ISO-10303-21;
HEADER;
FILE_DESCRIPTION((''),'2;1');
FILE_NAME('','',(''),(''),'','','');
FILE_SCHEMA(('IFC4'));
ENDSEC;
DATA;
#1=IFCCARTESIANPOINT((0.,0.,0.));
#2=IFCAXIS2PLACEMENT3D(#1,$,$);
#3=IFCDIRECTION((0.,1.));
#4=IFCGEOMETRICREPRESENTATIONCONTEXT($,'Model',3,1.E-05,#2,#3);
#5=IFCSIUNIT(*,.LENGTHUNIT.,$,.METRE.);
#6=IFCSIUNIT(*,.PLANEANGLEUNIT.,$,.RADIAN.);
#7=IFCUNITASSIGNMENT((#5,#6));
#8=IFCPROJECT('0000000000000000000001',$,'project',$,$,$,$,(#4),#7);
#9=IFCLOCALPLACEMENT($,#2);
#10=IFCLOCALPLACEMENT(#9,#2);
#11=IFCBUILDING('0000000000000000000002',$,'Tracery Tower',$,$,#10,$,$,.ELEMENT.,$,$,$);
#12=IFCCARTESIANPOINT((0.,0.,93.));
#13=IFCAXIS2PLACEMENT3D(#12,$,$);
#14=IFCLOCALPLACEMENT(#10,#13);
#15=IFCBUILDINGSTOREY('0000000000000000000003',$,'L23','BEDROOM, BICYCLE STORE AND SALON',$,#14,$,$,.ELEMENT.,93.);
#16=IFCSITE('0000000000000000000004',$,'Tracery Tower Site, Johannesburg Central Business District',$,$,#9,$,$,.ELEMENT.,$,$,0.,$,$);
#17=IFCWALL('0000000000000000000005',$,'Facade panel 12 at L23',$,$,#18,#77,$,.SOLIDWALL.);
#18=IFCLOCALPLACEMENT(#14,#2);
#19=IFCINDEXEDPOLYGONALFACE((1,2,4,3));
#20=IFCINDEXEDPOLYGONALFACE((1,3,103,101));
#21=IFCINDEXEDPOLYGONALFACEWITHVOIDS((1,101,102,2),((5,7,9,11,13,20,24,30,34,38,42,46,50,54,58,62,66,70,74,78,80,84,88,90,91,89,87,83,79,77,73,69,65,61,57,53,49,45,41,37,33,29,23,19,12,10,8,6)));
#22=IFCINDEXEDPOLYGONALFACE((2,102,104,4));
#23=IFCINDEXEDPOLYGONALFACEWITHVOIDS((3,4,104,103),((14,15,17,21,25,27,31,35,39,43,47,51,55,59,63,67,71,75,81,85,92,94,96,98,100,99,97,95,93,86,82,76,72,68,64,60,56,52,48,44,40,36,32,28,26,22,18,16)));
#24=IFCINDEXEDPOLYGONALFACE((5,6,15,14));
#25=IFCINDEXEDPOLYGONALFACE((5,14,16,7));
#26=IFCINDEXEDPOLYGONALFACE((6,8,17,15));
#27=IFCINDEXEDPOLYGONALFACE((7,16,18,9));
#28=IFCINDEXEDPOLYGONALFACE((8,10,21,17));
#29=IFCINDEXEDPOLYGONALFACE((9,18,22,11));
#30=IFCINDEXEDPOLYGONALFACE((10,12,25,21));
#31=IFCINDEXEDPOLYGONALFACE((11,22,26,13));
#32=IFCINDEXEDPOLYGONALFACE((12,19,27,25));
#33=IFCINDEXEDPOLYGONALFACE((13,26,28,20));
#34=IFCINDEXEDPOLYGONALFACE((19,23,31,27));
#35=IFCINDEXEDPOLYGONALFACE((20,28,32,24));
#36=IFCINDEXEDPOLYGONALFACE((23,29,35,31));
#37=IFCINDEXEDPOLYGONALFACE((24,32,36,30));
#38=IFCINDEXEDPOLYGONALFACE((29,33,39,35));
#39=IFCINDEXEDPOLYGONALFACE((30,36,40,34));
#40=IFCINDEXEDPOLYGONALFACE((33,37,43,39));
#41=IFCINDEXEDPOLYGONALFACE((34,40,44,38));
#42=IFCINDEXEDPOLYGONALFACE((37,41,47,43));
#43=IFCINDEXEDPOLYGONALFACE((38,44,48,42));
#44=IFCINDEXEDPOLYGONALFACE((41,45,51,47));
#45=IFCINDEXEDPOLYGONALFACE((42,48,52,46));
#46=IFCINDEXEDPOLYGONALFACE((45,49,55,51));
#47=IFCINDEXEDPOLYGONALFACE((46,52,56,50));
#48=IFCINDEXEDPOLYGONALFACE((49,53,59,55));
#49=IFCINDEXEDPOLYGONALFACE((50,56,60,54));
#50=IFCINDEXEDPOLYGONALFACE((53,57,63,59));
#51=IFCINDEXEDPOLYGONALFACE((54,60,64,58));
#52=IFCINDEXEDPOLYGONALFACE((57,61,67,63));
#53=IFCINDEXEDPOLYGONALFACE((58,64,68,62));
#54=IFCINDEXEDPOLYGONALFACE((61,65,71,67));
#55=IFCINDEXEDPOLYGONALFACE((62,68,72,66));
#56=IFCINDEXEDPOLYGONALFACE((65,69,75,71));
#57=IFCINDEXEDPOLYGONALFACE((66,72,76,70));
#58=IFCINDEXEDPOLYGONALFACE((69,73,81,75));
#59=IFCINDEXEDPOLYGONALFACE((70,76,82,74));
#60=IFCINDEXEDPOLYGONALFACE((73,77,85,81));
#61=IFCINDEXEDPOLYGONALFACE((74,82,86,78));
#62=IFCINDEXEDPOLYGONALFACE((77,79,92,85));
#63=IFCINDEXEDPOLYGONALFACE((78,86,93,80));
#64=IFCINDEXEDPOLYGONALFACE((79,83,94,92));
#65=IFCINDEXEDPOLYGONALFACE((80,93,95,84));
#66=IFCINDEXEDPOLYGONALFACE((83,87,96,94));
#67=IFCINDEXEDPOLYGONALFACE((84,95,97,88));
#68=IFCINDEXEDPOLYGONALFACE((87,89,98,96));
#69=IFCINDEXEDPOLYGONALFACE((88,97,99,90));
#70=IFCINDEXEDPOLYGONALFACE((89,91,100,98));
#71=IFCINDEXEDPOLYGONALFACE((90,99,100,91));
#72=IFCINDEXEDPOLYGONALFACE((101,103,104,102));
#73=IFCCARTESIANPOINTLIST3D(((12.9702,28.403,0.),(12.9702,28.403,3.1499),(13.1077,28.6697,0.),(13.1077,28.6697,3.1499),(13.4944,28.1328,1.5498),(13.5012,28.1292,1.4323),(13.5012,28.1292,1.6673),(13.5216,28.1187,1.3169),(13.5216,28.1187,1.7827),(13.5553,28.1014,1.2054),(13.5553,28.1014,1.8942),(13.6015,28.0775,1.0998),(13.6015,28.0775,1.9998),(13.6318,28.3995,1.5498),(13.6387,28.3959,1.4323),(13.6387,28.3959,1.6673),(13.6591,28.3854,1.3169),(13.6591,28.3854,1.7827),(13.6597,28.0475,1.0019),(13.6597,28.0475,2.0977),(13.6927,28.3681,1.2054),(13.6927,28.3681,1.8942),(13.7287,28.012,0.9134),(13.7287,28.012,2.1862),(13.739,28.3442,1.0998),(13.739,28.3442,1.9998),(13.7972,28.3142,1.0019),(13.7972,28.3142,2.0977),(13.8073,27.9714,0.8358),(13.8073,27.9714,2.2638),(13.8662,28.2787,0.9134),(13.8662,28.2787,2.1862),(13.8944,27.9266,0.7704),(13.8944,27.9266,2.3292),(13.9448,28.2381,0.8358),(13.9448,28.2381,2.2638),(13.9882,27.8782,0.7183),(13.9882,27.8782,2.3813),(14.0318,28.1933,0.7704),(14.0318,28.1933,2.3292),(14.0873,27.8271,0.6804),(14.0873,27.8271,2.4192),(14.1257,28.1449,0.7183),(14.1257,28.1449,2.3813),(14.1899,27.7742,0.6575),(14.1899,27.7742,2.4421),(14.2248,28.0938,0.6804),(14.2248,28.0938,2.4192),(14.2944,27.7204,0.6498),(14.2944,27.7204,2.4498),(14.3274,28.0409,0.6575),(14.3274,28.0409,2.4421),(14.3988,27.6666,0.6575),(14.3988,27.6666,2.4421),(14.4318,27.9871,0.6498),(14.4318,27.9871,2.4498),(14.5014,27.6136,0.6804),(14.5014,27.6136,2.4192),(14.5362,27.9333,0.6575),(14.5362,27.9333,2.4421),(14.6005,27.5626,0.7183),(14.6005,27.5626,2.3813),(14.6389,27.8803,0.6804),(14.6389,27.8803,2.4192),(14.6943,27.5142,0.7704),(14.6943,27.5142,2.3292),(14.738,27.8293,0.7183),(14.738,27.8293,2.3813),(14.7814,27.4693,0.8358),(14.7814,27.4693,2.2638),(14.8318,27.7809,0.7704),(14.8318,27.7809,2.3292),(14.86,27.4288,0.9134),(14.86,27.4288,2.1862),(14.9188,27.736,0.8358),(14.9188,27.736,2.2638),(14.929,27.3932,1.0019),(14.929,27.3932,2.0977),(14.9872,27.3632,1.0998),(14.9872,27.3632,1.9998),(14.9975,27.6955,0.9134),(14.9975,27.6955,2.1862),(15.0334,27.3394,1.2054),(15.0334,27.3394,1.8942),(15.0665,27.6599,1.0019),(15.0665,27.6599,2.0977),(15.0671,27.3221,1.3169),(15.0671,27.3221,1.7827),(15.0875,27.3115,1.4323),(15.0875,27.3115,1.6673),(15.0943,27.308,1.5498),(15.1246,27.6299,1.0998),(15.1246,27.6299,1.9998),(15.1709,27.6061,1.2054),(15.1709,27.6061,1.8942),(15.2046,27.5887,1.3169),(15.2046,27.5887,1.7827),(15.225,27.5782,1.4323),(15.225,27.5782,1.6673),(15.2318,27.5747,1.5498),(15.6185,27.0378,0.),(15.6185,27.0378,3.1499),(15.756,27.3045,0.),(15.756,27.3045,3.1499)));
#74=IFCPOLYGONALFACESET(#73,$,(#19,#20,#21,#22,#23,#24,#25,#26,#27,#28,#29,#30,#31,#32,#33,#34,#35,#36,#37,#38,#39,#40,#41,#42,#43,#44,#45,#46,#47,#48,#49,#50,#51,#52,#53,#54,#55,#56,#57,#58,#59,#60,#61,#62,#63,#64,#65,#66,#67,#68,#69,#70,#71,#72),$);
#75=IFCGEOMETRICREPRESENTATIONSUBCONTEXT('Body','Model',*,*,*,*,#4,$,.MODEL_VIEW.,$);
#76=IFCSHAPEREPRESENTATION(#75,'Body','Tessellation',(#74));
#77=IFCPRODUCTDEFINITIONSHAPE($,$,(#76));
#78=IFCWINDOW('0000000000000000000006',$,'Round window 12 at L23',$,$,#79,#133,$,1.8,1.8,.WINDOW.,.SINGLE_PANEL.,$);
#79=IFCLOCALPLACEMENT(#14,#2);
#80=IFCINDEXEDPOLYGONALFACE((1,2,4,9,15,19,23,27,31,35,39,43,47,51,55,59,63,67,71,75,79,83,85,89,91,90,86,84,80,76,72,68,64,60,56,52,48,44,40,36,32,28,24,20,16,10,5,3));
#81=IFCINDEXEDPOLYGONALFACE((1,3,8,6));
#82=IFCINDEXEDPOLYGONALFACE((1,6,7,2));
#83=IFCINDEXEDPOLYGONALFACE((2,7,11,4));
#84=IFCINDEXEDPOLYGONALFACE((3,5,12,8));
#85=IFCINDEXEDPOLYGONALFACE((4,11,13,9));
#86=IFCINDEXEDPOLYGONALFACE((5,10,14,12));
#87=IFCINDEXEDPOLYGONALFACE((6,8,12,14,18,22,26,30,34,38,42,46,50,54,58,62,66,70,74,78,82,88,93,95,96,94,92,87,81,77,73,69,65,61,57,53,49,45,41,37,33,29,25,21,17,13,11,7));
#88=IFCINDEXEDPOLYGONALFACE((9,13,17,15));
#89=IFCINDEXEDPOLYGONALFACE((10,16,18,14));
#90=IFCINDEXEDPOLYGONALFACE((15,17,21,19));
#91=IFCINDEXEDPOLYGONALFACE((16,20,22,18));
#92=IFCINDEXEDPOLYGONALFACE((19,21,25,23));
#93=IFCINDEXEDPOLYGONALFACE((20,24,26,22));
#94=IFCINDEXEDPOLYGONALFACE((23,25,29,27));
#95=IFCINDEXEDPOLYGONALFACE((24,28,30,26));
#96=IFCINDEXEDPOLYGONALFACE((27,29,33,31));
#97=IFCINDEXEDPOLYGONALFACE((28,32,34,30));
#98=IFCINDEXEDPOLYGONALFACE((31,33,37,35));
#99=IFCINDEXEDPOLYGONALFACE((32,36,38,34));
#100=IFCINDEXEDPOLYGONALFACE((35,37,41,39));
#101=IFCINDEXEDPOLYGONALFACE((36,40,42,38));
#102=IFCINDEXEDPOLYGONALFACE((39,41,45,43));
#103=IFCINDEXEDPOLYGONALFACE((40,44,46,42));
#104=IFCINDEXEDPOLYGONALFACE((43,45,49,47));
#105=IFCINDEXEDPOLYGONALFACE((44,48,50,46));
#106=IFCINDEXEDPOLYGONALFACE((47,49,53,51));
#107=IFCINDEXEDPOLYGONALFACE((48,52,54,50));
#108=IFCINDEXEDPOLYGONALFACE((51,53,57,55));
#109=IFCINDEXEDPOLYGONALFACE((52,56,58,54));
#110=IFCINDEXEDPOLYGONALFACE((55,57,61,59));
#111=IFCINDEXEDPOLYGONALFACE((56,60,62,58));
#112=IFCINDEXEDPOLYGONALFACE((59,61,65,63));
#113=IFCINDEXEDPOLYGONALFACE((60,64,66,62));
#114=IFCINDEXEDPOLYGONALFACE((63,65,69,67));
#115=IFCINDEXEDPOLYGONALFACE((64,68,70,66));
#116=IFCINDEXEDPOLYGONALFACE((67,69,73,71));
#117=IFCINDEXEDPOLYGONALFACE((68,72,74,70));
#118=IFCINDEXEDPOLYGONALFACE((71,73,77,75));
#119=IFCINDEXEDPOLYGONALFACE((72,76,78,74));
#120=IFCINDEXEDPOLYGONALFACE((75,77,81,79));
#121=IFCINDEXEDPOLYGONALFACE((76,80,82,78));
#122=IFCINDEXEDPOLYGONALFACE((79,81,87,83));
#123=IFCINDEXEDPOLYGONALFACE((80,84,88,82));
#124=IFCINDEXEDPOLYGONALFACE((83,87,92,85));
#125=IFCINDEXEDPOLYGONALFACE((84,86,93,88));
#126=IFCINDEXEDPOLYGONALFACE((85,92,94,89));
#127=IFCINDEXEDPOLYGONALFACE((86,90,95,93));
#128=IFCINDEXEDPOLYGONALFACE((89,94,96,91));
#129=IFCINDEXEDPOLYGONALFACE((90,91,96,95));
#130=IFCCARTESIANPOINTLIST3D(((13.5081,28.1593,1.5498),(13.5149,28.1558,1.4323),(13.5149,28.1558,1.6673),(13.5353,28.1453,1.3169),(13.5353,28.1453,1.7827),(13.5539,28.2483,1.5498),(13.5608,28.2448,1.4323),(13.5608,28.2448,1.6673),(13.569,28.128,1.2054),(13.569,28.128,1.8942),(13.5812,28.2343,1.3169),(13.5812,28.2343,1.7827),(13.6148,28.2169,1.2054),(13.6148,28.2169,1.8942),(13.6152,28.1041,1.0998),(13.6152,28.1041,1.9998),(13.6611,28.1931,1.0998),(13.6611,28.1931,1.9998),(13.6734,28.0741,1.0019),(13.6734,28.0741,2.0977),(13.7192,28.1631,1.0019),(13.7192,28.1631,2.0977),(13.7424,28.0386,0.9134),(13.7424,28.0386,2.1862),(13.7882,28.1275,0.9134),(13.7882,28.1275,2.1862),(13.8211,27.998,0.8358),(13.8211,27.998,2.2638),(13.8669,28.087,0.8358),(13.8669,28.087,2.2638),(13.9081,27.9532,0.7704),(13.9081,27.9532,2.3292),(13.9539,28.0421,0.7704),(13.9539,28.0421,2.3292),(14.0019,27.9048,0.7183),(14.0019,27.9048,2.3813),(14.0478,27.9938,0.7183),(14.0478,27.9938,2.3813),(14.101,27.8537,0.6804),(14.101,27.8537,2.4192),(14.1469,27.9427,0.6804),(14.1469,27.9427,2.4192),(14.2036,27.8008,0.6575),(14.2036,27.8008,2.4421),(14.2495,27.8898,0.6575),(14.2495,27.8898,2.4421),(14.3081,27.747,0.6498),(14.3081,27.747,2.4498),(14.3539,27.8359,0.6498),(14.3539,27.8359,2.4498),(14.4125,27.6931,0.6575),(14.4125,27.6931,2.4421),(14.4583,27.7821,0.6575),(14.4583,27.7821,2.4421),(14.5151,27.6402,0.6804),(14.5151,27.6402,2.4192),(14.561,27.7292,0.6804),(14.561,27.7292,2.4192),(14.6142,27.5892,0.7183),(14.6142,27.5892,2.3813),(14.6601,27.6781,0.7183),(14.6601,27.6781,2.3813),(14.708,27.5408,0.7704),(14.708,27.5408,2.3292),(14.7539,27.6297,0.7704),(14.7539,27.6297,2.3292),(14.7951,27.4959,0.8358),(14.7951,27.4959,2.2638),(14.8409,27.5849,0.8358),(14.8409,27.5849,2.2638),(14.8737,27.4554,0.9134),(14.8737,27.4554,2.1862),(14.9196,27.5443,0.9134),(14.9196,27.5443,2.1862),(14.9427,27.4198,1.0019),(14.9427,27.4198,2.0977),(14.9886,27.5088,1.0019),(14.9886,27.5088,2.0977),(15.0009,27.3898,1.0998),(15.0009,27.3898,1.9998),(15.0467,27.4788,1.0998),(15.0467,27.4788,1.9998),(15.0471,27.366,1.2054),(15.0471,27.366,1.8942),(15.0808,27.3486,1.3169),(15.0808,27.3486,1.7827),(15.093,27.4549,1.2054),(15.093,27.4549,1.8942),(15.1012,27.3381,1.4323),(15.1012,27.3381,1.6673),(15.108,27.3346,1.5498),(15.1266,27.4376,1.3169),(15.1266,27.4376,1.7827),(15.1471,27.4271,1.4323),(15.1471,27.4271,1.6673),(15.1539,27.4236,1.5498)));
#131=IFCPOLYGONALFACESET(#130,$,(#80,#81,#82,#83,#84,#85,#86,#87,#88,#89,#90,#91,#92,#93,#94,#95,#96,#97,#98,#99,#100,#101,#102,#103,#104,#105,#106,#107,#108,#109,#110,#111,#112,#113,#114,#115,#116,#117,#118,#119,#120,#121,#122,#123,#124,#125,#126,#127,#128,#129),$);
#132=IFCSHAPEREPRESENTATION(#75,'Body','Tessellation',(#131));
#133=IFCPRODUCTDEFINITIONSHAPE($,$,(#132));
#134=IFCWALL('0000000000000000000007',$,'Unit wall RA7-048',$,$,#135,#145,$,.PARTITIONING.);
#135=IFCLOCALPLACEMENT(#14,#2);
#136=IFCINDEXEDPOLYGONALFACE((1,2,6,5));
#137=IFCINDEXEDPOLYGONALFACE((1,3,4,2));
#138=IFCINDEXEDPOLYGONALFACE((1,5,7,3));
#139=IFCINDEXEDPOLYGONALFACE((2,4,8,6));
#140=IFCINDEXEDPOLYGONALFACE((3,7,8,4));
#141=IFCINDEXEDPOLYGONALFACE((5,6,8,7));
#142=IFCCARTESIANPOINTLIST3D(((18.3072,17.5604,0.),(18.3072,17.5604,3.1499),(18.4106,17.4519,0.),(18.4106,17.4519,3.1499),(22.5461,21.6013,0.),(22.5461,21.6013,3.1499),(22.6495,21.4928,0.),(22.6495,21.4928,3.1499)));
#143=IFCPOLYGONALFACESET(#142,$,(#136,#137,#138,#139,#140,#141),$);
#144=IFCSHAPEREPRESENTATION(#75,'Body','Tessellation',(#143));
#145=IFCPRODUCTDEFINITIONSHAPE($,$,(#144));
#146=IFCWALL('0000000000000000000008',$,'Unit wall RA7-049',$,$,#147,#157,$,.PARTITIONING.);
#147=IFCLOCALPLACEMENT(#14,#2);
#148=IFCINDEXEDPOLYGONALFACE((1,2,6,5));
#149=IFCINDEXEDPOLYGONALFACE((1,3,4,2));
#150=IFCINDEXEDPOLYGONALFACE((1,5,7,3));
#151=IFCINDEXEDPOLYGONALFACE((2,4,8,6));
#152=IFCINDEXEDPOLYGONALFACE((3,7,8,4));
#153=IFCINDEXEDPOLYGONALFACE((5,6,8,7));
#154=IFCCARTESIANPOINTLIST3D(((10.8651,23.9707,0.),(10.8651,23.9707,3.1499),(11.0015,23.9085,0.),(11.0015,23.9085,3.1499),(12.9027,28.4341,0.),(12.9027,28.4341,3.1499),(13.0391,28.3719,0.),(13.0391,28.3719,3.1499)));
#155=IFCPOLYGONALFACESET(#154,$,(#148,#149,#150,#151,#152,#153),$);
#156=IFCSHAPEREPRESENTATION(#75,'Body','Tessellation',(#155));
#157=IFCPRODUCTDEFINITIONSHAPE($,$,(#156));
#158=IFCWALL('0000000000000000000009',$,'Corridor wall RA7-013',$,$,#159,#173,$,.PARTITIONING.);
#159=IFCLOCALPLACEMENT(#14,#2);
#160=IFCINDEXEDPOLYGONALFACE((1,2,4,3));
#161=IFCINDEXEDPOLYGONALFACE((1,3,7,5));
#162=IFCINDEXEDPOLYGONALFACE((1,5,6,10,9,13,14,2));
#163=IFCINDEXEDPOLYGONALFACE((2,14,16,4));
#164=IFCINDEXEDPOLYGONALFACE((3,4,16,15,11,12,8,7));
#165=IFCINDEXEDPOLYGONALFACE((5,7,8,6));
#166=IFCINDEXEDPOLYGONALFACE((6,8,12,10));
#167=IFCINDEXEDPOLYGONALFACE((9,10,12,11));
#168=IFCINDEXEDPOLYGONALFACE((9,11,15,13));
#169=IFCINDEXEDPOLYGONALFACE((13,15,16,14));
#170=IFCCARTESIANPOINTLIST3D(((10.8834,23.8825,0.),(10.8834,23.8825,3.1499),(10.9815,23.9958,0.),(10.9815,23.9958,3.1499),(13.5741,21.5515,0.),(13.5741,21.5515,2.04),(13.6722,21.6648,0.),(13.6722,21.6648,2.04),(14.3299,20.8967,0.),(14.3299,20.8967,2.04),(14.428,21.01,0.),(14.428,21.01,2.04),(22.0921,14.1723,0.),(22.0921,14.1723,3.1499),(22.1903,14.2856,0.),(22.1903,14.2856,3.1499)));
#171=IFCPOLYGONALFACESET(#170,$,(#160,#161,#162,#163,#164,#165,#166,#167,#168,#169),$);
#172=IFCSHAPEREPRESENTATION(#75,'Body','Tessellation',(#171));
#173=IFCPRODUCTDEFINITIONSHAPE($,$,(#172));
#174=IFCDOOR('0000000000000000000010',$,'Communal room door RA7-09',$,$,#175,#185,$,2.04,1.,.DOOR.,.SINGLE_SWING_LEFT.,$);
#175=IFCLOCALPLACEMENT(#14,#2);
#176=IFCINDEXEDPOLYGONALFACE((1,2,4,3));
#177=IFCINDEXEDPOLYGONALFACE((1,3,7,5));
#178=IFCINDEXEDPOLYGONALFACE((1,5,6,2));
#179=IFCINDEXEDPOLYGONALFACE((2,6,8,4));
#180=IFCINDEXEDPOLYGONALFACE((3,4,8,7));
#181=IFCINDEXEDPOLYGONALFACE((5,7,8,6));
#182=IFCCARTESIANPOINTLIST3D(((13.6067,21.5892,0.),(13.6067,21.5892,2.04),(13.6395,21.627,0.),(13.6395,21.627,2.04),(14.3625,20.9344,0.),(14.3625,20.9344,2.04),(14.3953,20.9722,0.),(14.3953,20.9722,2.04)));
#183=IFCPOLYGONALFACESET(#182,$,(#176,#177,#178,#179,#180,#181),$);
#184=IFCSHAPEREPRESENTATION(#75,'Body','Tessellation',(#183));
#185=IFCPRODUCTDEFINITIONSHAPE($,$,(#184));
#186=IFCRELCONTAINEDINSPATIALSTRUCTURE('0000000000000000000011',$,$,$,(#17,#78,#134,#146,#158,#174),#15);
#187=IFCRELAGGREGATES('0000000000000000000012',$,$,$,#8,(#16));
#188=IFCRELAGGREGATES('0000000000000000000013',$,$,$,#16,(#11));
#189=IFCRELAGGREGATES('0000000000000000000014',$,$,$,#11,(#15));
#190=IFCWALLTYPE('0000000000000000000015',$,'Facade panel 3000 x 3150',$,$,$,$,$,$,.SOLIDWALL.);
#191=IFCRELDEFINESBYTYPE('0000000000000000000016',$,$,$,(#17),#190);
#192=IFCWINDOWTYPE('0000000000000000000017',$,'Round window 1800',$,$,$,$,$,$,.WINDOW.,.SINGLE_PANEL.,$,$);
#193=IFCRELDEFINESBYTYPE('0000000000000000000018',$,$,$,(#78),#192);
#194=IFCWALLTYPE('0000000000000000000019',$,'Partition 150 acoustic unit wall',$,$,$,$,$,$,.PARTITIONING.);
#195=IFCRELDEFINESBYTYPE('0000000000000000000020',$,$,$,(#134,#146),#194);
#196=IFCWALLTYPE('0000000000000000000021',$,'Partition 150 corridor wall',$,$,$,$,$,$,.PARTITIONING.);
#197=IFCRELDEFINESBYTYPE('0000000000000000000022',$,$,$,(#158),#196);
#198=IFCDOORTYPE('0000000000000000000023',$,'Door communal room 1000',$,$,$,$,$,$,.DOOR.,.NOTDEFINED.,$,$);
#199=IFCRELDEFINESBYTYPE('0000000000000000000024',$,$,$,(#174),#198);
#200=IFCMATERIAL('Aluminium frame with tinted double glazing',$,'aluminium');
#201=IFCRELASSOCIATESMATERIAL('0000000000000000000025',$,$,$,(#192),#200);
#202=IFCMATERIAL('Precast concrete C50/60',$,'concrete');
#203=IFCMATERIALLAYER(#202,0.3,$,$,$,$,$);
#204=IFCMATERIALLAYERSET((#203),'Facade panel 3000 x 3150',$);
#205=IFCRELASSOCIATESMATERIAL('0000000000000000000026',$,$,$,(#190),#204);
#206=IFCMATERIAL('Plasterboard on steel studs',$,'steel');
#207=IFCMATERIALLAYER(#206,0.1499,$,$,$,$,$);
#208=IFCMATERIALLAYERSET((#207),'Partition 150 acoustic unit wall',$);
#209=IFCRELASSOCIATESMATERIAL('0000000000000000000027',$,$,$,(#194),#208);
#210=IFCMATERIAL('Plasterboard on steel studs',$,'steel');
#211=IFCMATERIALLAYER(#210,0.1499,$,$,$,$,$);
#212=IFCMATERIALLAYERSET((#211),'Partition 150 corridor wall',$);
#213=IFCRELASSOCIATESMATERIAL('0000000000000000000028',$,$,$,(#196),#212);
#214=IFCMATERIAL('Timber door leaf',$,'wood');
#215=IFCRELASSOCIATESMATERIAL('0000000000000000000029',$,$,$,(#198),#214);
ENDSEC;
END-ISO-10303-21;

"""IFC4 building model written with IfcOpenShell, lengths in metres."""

from ifc_helpers import new_model, si_unit, direction, frame, frame_2d, origin, origin_2d, place, context, subcontext, project, spatial, rectangle, circle, extrude, material, layer, layer_set, type_object, element, fill, save


model = new_model("IFC4")

# Units and contexts
model_context = context("Model", 3, precision=1e-05, world=origin(), true_north=direction((0.0, 1.0)))
body_context = subcontext(model_context, "Body", "Model", "MODEL_VIEW")
ifc_project = project(units=[si_unit("LENGTHUNIT", "METRE"), si_unit("PLANEANGLEUNIT", "RADIAN")], contexts=[model_context])

# Site, building, storey
site_placement = place(None, origin())
site = spatial("IfcSite", under=ifc_project, at=site_placement, Name="Tracery Tower Site, Johannesburg Central Business District", CompositionType="ELEMENT", RefElevation=0.0)
building_placement = place(site_placement, origin())
building = spatial("IfcBuilding", under=site, at=building_placement, Name="Tracery Tower", CompositionType="ELEMENT")
storey_placement = place(building_placement, frame((0.0, 0.0, 93.0)))
storey = spatial("IfcBuildingStorey", under=building, at=storey_placement, Name="L23", Description="BEDROOM, BICYCLE STORE AND SALON", CompositionType="ELEMENT", Elevation=93.0)

# Wall, opening, window
ifc_material_1 = material(Name="Aluminium frame with tinted double glazing", Category="aluminium")
window_type = type_object("IfcWindowType", Name="Round window 1800", PartitioningType="SINGLE_PANEL", PredefinedType="WINDOW", material=ifc_material_1)
ifc_material_2 = material(Name="Precast concrete C50/60", Category="concrete")
ifc_layer_1 = layer(ifc_material_2, 0.3)
ifc_layer_set_1 = layer_set([ifc_layer_1], Name="Facade panel 3000 x 3150")
wall_type_1 = type_object("IfcWallType", Name="Facade panel 3000 x 3150", PredefinedType="SOLIDWALL", material=ifc_layer_set_1)
wall_1_placement = place(storey_placement, frame((15.6873, 27.1711, 0.0), z_axis=(0.0, 0.0, 1.0), x_axis=(-0.888853, 0.458192, 0.0)))
wall_1 = element("IfcWall", 1, at=wall_1_placement, inside=storey, type_object=wall_type_1, Name="Facade panel 12 at L23", PredefinedType="SOLIDWALL", context=body_context, shape_type="SweptSolid", body=[
    extrude(rectangle(XDim=2.9795, YDim=0.3, at=frame_2d((1.4897, 0.0))), origin(), (0.0, 0.0, 1.0), 3.1499),
])
opening_1_placement = place(wall_1_placement, frame((1.4897, 0.0, 1.5498)))
opening_1 = element("IfcOpeningElement", 2, at=opening_1_placement, cuts=wall_1, PredefinedType="OPENING", context=body_context, shape_type="SweptSolid", body=[
    extrude(circle(Radius=0.9, at=origin_2d()), frame((0.0, 0.1599, 0.0), z_axis=(0.0, -1.0, 0.0), x_axis=(1.0, 0.0, 0.0)), (0.0, 0.0, 1.0), 0.3201),
])
window_1_placement = place(opening_1_placement, origin())
window_1 = element("IfcWindow", 3, at=window_1_placement, inside=storey, type_object=window_type, Name="Round window 12 at L23", OverallHeight=1.8, OverallWidth=1.8, PartitioningType="SINGLE_PANEL", PredefinedType="WINDOW", context=body_context, shape_type="SweptSolid", body=[
    extrude(circle(Radius=0.9, at=origin_2d()), frame((0.0, 0.1201, 0.0), z_axis=(0.0, -1.0, 0.0), x_axis=(1.0, 0.0, 0.0)), (0.0, 0.0, 1.0), 0.1001),
])
fill(opening_1, window_1)

# Walls
ifc_material_3 = material(Name="Plasterboard on steel studs", Category="steel")
ifc_layer_2 = layer(ifc_material_3, 0.1499)
ifc_layer_set_2 = layer_set([ifc_layer_2], Name="Partition 150 acoustic unit wall")
wall_type_2 = type_object("IfcWallType", Name="Partition 150 acoustic unit wall", PredefinedType="PARTITIONING", material=ifc_layer_set_2)
wall_2_placement = place(storey_placement, frame((18.3589, 17.5061, 0.0), z_axis=(0.0, 0.0, 1.0), x_axis=(0.723809, 0.690001, 0.0)))
element("IfcWall", 4, at=wall_2_placement, inside=storey, type_object=wall_type_2, Name="Unit wall RA7-048", PredefinedType="PARTITIONING", context=body_context, shape_type="SweptSolid", body=[
    extrude(rectangle(XDim=5.8564, YDim=0.1499, at=frame_2d((2.9282, 0.0))), origin(), (0.0, 0.0, 1.0), 3.1499),
])
wall_3_placement = place(storey_placement, frame((10.9333, 23.9397, 0.0), z_axis=(0.0, 0.0, 1.0), x_axis=(0.415287, 0.90969, 0.0)))
element("IfcWall", 5, at=wall_3_placement, inside=storey, type_object=wall_type_2, Name="Unit wall RA7-049", PredefinedType="PARTITIONING", context=body_context, shape_type="SweptSolid", body=[
    extrude(rectangle(XDim=4.9065, YDim=0.1499, at=frame_2d((2.4531, 0.0))), origin(), (0.0, 0.0, 1.0), 3.1499),
])

# Wall, opening, door
ifc_material_4 = material(Name="Plasterboard on steel studs", Category="steel")
ifc_layer_3 = layer(ifc_material_4, 0.1499)
ifc_layer_set_3 = layer_set([ifc_layer_3], Name="Partition 150 corridor wall")
wall_type_3 = type_object("IfcWallType", Name="Partition 150 corridor wall", PredefinedType="PARTITIONING", material=ifc_layer_set_3)
wall_4_placement = place(storey_placement, frame((10.9324, 23.9392, 0.0), z_axis=(0.0, 0.0, 1.0), x_axis=(0.755824, -0.654775, 0.0)))
wall_4 = element("IfcWall", 6, at=wall_4_placement, inside=storey, type_object=wall_type_3, Name="Corridor wall RA7-013", PredefinedType="PARTITIONING", context=body_context, shape_type="SweptSolid", body=[
    extrude(rectangle(XDim=14.8298, YDim=0.1499, at=frame_2d((7.415, 0.0))), origin(), (0.0, 0.0, 1.0), 3.1499),
])
opening_2_placement = place(wall_4_placement, frame((3.5601, 0.0, 0.0)))
opening_2 = element("IfcOpeningElement", 7, at=opening_2_placement, cuts=wall_4, PredefinedType="OPENING", context=body_context, shape_type="SweptSolid", body=[
    extrude(rectangle(XDim=1.0, YDim=2.04, at=frame_2d((0.5, 1.02))), frame((0.0, 0.075, 0.0), z_axis=(0.0, -1.0, 0.0), x_axis=(1.0, 0.0, 0.0)), (0.0, 0.0, 1.0), 0.1499),
])
ifc_material_5 = material(Name="Timber door leaf", Category="wood")
door_type = type_object("IfcDoorType", Name="Door communal room 1000", OperationType="NOTDEFINED", PredefinedType="DOOR", material=ifc_material_5)
door_placement = place(opening_2_placement, origin())
door = element("IfcDoor", 8, at=door_placement, inside=storey, type_object=door_type, Name="Communal room door RA7-09", OperationType="SINGLE_SWING_LEFT", OverallHeight=2.04, OverallWidth=1.0, PredefinedType="DOOR", context=body_context, shape_type="SweptSolid", body=[
    extrude(rectangle(XDim=1.0, YDim=2.04, at=frame_2d((0.5, 1.02))), frame((0.0, 0.0249, 0.0), z_axis=(0.0, -1.0, 0.0), x_axis=(1.0, 0.0, 0.0)), (0.0, 0.0, 1.0), 0.05),
])
fill(opening_2, door)

save(model, "model.ifc")
